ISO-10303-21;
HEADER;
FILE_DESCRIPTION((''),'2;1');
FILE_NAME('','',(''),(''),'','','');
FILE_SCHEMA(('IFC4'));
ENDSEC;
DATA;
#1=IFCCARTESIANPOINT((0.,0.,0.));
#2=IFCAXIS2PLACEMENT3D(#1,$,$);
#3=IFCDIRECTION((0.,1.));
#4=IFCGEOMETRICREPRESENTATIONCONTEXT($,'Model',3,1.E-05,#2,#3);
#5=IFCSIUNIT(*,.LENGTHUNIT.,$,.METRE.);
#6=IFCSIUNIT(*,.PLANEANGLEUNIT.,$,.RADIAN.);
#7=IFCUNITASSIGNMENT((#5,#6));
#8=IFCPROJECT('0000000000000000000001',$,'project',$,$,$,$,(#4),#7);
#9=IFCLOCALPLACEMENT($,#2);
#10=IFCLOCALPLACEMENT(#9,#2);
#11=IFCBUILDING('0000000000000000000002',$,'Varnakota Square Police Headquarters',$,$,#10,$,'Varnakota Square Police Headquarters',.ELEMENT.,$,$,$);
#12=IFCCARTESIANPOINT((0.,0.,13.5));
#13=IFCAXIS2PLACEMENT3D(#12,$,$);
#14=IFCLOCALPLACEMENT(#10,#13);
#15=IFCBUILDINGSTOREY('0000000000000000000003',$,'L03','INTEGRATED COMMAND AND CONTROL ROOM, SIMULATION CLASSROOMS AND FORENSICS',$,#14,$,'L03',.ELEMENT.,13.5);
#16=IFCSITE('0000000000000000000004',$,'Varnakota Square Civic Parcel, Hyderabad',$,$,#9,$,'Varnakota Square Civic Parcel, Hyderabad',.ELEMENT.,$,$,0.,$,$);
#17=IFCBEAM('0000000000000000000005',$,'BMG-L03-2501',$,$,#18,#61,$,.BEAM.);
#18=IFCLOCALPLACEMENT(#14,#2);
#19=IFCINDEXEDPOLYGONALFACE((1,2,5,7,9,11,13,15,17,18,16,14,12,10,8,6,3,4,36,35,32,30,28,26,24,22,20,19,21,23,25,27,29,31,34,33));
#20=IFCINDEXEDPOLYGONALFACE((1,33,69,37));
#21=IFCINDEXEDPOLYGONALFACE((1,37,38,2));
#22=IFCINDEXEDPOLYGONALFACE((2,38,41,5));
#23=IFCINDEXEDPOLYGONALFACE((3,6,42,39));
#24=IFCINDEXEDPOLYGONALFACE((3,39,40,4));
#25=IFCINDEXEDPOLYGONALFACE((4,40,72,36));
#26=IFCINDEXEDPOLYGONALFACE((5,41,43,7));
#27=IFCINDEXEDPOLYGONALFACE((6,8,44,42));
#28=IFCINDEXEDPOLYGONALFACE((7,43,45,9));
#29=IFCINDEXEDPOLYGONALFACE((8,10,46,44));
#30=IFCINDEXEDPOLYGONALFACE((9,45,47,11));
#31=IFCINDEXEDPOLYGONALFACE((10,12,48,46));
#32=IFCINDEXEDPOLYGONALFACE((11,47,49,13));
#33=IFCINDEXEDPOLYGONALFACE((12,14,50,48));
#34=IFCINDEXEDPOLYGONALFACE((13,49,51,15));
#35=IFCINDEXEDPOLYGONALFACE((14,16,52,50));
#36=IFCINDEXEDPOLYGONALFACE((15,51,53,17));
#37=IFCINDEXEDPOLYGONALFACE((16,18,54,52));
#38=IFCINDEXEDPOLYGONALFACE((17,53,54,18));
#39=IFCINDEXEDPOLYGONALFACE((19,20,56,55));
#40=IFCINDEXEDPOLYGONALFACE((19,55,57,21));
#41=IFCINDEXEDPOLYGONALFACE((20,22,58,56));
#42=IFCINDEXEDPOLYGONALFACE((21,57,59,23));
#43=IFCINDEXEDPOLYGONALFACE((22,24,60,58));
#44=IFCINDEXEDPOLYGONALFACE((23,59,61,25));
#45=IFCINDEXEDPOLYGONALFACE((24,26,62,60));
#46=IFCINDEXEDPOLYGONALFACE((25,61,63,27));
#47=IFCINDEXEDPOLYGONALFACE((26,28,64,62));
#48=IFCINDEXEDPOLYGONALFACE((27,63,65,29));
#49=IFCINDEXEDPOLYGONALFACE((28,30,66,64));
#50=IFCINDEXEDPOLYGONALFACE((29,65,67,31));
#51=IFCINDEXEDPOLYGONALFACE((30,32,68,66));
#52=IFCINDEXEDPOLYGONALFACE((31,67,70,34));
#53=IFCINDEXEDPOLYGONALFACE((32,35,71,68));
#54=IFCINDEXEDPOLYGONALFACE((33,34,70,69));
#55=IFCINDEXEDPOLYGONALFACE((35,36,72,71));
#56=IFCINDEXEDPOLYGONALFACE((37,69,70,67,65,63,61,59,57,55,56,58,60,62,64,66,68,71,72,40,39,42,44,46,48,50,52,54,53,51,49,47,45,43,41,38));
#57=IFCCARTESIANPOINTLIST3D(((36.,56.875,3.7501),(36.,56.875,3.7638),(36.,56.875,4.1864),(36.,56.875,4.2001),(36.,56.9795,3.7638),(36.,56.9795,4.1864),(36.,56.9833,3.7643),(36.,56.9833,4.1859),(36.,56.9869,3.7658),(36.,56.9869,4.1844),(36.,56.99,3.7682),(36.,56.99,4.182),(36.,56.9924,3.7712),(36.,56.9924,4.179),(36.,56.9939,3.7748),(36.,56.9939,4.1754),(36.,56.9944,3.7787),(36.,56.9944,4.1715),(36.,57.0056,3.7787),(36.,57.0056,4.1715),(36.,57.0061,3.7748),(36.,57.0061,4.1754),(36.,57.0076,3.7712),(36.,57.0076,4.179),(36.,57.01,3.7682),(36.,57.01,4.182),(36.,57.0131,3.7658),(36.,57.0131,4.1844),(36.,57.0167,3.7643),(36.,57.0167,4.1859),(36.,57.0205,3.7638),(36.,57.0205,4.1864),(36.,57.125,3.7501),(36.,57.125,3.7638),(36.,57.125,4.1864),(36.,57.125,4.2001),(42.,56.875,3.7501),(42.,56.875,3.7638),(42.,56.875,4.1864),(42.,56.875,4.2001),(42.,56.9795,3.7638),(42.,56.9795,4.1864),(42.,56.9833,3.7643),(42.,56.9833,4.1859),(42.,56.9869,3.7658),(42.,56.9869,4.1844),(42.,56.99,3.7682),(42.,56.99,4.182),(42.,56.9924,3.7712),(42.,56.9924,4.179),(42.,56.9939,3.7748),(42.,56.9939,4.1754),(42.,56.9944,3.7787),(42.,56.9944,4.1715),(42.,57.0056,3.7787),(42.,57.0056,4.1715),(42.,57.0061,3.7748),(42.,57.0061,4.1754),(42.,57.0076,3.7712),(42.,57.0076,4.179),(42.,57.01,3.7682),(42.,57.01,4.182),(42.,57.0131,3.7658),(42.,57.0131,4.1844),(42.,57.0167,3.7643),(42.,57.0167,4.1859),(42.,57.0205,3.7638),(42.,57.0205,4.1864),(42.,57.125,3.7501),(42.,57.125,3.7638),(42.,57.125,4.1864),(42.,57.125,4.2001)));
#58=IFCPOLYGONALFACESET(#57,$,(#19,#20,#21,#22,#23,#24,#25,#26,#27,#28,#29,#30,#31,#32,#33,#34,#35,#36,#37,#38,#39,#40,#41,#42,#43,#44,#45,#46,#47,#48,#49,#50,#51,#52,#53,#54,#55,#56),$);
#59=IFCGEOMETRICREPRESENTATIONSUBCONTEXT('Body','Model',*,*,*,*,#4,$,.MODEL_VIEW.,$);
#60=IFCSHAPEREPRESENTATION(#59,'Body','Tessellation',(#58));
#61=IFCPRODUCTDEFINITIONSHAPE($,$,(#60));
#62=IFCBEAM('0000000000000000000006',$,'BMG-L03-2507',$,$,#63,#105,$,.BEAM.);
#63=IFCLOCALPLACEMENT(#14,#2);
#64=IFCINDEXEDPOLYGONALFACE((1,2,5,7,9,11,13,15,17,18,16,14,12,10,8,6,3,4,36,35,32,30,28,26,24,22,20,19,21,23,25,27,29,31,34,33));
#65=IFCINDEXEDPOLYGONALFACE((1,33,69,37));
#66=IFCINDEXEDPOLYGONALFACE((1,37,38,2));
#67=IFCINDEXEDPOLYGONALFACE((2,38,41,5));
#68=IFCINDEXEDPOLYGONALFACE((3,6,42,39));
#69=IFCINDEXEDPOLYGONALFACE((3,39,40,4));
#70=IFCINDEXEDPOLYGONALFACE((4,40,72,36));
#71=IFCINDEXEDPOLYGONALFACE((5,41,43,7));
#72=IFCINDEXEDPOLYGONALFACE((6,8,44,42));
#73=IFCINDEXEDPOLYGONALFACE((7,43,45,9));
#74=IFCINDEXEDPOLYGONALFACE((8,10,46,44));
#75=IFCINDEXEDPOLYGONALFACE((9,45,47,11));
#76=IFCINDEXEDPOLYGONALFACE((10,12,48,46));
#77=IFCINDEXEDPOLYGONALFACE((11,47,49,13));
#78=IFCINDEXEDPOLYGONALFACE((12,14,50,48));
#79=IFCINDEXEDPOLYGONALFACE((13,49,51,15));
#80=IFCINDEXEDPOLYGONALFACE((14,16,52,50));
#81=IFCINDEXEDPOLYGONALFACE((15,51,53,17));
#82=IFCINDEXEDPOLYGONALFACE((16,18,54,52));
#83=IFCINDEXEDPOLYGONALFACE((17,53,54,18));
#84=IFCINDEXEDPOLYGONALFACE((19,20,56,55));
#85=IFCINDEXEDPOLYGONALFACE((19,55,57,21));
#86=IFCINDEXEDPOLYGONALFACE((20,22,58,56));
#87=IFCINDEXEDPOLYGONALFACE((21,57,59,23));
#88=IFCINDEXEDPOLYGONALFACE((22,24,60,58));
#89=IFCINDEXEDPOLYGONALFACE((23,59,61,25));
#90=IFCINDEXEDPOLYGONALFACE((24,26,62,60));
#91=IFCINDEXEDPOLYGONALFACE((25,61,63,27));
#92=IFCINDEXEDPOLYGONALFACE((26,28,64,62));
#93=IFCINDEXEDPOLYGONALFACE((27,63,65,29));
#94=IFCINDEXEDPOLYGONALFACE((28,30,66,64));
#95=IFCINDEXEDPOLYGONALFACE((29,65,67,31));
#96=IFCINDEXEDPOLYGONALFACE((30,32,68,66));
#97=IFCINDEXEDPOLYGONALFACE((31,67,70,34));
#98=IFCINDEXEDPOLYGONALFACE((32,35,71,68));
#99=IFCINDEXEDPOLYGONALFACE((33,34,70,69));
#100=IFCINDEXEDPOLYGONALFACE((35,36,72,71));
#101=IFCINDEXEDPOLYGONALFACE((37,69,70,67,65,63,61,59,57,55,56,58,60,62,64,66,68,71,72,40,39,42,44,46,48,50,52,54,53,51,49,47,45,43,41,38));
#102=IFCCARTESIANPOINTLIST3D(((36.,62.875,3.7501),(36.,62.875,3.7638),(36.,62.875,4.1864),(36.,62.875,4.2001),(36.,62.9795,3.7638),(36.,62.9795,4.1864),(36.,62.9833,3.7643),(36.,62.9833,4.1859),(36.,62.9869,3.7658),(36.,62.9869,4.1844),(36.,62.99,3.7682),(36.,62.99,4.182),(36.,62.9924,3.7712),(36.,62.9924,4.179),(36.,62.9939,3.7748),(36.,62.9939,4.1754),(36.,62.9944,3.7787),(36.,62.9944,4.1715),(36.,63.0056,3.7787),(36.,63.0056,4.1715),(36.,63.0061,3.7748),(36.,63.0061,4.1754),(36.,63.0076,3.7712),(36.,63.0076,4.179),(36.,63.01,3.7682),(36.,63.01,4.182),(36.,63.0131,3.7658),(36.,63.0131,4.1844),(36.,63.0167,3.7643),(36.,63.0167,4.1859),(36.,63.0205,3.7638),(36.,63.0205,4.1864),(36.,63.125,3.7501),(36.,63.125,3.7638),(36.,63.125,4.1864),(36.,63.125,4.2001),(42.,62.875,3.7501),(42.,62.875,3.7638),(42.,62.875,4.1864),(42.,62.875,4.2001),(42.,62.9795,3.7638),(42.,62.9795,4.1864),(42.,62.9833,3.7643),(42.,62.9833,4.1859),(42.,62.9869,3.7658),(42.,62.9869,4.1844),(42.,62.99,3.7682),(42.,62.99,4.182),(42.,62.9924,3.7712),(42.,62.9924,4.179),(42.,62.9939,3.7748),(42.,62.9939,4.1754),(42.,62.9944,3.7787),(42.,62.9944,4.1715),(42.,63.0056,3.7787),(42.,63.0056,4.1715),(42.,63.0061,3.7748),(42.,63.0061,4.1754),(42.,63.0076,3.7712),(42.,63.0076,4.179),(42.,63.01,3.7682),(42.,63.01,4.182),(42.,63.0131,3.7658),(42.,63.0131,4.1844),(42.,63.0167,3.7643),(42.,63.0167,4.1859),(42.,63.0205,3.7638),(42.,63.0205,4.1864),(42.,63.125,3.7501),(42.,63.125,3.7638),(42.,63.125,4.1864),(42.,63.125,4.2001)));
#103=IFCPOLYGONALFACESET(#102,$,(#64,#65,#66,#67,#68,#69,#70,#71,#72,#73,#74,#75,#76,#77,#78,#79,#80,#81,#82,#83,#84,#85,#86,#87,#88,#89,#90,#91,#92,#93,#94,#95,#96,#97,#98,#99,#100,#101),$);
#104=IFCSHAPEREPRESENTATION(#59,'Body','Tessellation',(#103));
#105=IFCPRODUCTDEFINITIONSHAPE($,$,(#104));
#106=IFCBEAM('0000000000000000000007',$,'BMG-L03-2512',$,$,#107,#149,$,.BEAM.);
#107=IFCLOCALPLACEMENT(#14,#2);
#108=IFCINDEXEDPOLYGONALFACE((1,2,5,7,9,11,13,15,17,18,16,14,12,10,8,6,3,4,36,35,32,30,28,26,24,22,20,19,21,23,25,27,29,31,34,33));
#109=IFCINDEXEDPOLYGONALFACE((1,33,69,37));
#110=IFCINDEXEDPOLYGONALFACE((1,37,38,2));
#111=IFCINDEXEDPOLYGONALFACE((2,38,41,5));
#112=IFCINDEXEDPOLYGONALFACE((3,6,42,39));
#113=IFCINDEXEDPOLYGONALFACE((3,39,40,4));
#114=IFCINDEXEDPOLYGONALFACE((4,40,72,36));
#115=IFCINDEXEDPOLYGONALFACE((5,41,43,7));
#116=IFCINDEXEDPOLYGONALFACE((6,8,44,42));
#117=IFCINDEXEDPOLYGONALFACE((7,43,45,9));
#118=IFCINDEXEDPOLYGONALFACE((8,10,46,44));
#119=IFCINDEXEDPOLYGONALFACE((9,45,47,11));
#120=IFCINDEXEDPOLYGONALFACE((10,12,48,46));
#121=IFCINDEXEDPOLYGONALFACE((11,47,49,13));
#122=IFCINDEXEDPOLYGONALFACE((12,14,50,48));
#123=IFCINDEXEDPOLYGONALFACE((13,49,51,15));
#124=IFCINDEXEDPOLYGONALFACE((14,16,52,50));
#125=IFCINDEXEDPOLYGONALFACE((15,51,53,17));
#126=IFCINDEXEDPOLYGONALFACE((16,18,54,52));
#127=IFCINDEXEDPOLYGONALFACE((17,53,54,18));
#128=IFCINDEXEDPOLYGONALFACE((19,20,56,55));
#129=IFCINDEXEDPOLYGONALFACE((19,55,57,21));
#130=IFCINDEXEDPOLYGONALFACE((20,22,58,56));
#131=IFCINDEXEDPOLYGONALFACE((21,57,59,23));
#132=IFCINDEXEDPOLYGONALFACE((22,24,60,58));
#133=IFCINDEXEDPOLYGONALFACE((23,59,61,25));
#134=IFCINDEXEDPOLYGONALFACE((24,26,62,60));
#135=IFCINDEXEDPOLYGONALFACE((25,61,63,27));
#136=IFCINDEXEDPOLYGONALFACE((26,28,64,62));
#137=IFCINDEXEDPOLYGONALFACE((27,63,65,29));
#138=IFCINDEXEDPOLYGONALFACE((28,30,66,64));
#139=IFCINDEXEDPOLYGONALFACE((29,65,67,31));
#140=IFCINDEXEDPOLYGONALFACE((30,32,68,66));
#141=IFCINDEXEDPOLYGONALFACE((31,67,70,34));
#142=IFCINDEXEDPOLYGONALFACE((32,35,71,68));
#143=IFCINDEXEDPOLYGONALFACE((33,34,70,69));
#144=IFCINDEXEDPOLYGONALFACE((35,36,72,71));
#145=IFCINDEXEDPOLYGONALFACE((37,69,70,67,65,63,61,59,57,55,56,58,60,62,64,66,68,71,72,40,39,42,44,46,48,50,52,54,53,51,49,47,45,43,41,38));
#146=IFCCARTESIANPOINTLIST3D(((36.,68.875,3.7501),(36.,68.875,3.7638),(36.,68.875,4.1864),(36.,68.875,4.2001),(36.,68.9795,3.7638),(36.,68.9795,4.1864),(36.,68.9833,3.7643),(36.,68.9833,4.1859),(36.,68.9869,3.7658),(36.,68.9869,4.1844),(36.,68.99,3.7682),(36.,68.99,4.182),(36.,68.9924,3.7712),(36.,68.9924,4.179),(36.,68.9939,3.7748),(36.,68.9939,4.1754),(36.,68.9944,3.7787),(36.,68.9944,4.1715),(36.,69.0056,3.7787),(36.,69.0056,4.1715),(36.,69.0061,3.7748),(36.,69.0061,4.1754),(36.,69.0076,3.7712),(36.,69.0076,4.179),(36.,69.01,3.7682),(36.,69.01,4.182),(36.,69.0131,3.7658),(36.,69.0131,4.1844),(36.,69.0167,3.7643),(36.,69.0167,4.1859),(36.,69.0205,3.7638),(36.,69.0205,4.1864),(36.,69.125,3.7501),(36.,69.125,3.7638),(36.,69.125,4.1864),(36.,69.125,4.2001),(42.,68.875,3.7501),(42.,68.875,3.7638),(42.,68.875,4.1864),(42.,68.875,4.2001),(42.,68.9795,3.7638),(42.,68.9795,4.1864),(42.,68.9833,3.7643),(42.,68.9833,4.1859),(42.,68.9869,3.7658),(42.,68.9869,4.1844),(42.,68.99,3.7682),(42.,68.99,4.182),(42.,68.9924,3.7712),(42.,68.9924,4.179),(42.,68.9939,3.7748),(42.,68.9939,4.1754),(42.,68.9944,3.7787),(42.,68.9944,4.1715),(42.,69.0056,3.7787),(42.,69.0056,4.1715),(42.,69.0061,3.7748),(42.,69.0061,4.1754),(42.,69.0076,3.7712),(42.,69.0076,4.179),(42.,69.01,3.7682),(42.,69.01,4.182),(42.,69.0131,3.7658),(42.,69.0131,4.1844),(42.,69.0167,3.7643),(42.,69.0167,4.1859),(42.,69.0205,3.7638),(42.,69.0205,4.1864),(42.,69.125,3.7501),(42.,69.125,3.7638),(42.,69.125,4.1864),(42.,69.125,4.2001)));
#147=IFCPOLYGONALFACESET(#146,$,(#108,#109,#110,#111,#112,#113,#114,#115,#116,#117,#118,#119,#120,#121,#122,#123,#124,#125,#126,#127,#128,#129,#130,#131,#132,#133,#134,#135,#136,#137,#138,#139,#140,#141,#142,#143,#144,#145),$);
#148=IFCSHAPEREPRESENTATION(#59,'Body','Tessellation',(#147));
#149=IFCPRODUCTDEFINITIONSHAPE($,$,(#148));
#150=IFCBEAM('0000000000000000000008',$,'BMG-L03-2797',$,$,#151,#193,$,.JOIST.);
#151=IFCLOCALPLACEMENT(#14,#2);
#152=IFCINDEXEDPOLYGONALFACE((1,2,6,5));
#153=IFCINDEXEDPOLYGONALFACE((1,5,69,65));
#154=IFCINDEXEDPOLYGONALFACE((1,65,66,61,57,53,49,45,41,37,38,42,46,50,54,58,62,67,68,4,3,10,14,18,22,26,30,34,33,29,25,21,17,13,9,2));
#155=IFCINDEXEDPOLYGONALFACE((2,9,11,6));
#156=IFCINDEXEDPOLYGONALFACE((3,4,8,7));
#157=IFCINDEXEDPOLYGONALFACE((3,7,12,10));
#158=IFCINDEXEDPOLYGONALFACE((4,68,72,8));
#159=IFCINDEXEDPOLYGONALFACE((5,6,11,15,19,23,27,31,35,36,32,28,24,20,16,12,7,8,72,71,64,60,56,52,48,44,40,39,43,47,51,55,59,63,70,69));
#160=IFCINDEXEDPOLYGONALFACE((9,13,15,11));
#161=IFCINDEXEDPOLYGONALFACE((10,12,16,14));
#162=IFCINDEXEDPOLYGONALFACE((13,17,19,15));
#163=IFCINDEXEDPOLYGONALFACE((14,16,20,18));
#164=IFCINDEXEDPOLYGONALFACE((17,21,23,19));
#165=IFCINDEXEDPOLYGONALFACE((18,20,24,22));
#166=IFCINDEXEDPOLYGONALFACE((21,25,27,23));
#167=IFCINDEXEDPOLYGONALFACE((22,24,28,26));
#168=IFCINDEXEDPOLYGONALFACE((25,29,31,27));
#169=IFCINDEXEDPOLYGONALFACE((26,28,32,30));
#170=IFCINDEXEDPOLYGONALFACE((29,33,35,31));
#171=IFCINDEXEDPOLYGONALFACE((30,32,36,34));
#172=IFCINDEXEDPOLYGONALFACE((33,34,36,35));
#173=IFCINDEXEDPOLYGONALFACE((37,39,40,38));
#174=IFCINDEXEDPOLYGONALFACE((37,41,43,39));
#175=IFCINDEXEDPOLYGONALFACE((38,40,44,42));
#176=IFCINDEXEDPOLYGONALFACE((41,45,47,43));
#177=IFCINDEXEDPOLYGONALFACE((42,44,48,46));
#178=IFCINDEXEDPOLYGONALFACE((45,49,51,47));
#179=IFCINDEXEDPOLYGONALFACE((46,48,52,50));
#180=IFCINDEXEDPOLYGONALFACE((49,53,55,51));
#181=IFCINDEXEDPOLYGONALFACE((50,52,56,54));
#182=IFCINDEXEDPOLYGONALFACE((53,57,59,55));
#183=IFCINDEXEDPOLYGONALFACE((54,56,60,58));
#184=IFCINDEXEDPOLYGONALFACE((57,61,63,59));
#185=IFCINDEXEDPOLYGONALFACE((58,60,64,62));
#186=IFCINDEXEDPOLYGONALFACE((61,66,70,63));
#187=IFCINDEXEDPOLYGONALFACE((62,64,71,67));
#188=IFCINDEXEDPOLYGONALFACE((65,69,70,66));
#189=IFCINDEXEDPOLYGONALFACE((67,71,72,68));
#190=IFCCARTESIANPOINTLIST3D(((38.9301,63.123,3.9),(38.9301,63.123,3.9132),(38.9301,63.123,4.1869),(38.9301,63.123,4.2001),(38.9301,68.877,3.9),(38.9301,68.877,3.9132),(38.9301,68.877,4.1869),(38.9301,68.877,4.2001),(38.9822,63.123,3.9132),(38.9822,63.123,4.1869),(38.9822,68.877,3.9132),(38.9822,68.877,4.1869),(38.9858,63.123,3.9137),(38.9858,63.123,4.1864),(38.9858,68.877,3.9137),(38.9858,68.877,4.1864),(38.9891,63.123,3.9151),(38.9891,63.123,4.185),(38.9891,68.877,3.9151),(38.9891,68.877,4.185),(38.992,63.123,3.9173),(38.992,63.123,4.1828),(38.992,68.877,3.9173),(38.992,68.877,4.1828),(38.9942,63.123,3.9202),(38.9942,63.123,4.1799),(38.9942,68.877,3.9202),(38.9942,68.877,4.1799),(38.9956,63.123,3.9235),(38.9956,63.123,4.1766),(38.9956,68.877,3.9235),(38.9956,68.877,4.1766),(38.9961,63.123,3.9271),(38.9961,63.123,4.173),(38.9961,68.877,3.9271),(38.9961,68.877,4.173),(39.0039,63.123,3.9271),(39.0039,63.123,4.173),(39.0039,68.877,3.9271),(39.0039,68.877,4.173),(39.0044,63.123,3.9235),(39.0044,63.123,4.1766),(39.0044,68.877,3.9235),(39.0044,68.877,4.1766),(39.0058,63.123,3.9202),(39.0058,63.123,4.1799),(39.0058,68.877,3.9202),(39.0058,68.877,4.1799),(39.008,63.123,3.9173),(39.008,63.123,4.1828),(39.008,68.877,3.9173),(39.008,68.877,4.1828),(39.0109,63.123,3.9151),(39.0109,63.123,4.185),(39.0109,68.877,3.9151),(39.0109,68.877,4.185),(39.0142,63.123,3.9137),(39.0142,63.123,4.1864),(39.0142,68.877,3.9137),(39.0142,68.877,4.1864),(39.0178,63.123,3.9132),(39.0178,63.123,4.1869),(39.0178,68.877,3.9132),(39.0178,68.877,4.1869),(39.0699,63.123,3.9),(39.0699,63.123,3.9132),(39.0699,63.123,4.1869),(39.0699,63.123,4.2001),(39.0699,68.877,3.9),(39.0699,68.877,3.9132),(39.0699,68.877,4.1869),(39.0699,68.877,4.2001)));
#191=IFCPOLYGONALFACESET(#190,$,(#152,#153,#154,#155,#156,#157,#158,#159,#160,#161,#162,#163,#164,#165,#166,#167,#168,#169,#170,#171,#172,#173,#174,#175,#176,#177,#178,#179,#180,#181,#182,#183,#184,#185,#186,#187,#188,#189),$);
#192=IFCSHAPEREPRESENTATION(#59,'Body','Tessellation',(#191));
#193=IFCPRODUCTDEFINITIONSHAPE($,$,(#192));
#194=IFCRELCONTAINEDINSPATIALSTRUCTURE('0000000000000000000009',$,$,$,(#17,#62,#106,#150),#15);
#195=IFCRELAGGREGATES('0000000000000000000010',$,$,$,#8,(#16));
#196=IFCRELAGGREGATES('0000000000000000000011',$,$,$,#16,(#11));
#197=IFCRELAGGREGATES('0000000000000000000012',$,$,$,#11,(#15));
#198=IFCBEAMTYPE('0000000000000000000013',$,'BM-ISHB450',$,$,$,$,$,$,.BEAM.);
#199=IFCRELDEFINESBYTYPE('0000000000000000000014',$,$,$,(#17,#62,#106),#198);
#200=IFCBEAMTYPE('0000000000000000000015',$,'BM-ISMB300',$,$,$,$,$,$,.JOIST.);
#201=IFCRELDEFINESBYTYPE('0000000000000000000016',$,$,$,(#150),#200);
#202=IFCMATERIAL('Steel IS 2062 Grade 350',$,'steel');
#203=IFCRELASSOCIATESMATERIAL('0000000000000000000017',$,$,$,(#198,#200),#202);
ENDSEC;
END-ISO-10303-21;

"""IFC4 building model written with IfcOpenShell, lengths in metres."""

from ifc_helpers import new_model, si_unit, direction, frame, origin, origin_2d, place, context, subcontext, project, spatial, i_section, extrude, material, material_profile, profile_set, type_object, element, save


model = new_model("IFC4")

# Units and contexts
model_context = context("Model", 3, precision=1e-05, world=origin(), true_north=direction((0.0, 1.0)))
body_context = subcontext(model_context, "Body", "Model", "MODEL_VIEW")
ifc_project = project(units=[si_unit("LENGTHUNIT", "METRE"), si_unit("PLANEANGLEUNIT", "RADIAN")], contexts=[model_context])

# Site, building, storey
site_placement = place(None, origin())
site = spatial("IfcSite", under=ifc_project, at=site_placement, Name="Varnakota Square Civic Parcel, Hyderabad", LongName="Varnakota Square Civic Parcel, Hyderabad", CompositionType="ELEMENT", RefElevation=0.0)
building_placement = place(site_placement, origin())
building = spatial("IfcBuilding", under=site, at=building_placement, Name="Varnakota Square Police Headquarters", LongName="Varnakota Square Police Headquarters", CompositionType="ELEMENT")
storey_placement = place(building_placement, frame((0.0, 0.0, 13.5)))
storey = spatial("IfcBuildingStorey", under=building, at=storey_placement, Name="L03", Description="INTEGRATED COMMAND AND CONTROL ROOM, SIMULATION CLASSROOMS AND FORENSICS", LongName="L03", CompositionType="ELEMENT", Elevation=13.5)

# Shared definitions
ifc_material_1 = material(Name="Steel IS 2062 Grade 350", Category="steel")

# Beams
ifc_material_profile_1 = material_profile(ifc_material_1, i_section(OverallWidth=0.25, OverallDepth=0.45, WebThickness=0.0112, FlangeThickness=0.0137, FilletRadius=0.0149, at=origin_2d()), Name="ISHB 450")
ifc_profile_set_1 = profile_set([ifc_material_profile_1], Name="Steel IS 2062 Grade 350")
beam_type_1 = type_object("IfcBeamType", Name="BM-ISHB450", PredefinedType="BEAM", material=ifc_profile_set_1)
for number, where, z_axis, x_axis, name in (
    (1, (36.0, 57.0, 3.9751), (1.0, 0.0, 0.0), (0.0, 1.0, 0.0), "BMG-L03-2501"),
    (2, (36.0, 63.0, 3.9751), (1.0, 0.0, 0.0), (0.0, 1.0, 0.0), "BMG-L03-2507"),
    (3, (36.0, 69.0, 3.9751), (1.0, 0.0, 0.0), (0.0, 1.0, 0.0), "BMG-L03-2512"),
):
    element("IfcBeam", number, at=place(storey_placement, frame(where, z_axis=z_axis, x_axis=x_axis)), inside=storey, type_object=beam_type_1, Name=name, PredefinedType="BEAM", context=body_context, shape_type="SweptSolid", body=[
        extrude(i_section(OverallWidth=0.25, OverallDepth=0.45, WebThickness=0.0112, FlangeThickness=0.0137, FilletRadius=0.0149, at=origin_2d()), origin(), (0.0, 0.0, 1.0), 6.0),
    ])
ifc_material_profile_2 = material_profile(ifc_material_1, i_section(OverallWidth=0.1399, OverallDepth=0.3, WebThickness=0.0078, FlangeThickness=0.0132, FilletRadius=0.0139, at=origin_2d()), Name="ISMB 300")
ifc_profile_set_2 = profile_set([ifc_material_profile_2], Name="Steel IS 2062 Grade 350")
beam_type_2 = type_object("IfcBeamType", Name="BM-ISMB300", PredefinedType="JOIST", material=ifc_profile_set_2)
beam_1_placement = place(storey_placement, frame((39.0, 63.123, 4.05), z_axis=(0.0, 1.0, 0.0), x_axis=(-1.0, 0.0, 0.0)))
element("IfcBeam", 4, at=beam_1_placement, inside=storey, type_object=beam_type_2, Name="BMG-L03-2797", PredefinedType="JOIST", context=body_context, shape_type="SweptSolid", body=[
    extrude(i_section(OverallWidth=0.1399, OverallDepth=0.3, WebThickness=0.0078, FlangeThickness=0.0132, FilletRadius=0.0139, at=origin_2d()), origin(), (0.0, 0.0, 1.0), 5.7539),
])

save(model, "model.ifc")
